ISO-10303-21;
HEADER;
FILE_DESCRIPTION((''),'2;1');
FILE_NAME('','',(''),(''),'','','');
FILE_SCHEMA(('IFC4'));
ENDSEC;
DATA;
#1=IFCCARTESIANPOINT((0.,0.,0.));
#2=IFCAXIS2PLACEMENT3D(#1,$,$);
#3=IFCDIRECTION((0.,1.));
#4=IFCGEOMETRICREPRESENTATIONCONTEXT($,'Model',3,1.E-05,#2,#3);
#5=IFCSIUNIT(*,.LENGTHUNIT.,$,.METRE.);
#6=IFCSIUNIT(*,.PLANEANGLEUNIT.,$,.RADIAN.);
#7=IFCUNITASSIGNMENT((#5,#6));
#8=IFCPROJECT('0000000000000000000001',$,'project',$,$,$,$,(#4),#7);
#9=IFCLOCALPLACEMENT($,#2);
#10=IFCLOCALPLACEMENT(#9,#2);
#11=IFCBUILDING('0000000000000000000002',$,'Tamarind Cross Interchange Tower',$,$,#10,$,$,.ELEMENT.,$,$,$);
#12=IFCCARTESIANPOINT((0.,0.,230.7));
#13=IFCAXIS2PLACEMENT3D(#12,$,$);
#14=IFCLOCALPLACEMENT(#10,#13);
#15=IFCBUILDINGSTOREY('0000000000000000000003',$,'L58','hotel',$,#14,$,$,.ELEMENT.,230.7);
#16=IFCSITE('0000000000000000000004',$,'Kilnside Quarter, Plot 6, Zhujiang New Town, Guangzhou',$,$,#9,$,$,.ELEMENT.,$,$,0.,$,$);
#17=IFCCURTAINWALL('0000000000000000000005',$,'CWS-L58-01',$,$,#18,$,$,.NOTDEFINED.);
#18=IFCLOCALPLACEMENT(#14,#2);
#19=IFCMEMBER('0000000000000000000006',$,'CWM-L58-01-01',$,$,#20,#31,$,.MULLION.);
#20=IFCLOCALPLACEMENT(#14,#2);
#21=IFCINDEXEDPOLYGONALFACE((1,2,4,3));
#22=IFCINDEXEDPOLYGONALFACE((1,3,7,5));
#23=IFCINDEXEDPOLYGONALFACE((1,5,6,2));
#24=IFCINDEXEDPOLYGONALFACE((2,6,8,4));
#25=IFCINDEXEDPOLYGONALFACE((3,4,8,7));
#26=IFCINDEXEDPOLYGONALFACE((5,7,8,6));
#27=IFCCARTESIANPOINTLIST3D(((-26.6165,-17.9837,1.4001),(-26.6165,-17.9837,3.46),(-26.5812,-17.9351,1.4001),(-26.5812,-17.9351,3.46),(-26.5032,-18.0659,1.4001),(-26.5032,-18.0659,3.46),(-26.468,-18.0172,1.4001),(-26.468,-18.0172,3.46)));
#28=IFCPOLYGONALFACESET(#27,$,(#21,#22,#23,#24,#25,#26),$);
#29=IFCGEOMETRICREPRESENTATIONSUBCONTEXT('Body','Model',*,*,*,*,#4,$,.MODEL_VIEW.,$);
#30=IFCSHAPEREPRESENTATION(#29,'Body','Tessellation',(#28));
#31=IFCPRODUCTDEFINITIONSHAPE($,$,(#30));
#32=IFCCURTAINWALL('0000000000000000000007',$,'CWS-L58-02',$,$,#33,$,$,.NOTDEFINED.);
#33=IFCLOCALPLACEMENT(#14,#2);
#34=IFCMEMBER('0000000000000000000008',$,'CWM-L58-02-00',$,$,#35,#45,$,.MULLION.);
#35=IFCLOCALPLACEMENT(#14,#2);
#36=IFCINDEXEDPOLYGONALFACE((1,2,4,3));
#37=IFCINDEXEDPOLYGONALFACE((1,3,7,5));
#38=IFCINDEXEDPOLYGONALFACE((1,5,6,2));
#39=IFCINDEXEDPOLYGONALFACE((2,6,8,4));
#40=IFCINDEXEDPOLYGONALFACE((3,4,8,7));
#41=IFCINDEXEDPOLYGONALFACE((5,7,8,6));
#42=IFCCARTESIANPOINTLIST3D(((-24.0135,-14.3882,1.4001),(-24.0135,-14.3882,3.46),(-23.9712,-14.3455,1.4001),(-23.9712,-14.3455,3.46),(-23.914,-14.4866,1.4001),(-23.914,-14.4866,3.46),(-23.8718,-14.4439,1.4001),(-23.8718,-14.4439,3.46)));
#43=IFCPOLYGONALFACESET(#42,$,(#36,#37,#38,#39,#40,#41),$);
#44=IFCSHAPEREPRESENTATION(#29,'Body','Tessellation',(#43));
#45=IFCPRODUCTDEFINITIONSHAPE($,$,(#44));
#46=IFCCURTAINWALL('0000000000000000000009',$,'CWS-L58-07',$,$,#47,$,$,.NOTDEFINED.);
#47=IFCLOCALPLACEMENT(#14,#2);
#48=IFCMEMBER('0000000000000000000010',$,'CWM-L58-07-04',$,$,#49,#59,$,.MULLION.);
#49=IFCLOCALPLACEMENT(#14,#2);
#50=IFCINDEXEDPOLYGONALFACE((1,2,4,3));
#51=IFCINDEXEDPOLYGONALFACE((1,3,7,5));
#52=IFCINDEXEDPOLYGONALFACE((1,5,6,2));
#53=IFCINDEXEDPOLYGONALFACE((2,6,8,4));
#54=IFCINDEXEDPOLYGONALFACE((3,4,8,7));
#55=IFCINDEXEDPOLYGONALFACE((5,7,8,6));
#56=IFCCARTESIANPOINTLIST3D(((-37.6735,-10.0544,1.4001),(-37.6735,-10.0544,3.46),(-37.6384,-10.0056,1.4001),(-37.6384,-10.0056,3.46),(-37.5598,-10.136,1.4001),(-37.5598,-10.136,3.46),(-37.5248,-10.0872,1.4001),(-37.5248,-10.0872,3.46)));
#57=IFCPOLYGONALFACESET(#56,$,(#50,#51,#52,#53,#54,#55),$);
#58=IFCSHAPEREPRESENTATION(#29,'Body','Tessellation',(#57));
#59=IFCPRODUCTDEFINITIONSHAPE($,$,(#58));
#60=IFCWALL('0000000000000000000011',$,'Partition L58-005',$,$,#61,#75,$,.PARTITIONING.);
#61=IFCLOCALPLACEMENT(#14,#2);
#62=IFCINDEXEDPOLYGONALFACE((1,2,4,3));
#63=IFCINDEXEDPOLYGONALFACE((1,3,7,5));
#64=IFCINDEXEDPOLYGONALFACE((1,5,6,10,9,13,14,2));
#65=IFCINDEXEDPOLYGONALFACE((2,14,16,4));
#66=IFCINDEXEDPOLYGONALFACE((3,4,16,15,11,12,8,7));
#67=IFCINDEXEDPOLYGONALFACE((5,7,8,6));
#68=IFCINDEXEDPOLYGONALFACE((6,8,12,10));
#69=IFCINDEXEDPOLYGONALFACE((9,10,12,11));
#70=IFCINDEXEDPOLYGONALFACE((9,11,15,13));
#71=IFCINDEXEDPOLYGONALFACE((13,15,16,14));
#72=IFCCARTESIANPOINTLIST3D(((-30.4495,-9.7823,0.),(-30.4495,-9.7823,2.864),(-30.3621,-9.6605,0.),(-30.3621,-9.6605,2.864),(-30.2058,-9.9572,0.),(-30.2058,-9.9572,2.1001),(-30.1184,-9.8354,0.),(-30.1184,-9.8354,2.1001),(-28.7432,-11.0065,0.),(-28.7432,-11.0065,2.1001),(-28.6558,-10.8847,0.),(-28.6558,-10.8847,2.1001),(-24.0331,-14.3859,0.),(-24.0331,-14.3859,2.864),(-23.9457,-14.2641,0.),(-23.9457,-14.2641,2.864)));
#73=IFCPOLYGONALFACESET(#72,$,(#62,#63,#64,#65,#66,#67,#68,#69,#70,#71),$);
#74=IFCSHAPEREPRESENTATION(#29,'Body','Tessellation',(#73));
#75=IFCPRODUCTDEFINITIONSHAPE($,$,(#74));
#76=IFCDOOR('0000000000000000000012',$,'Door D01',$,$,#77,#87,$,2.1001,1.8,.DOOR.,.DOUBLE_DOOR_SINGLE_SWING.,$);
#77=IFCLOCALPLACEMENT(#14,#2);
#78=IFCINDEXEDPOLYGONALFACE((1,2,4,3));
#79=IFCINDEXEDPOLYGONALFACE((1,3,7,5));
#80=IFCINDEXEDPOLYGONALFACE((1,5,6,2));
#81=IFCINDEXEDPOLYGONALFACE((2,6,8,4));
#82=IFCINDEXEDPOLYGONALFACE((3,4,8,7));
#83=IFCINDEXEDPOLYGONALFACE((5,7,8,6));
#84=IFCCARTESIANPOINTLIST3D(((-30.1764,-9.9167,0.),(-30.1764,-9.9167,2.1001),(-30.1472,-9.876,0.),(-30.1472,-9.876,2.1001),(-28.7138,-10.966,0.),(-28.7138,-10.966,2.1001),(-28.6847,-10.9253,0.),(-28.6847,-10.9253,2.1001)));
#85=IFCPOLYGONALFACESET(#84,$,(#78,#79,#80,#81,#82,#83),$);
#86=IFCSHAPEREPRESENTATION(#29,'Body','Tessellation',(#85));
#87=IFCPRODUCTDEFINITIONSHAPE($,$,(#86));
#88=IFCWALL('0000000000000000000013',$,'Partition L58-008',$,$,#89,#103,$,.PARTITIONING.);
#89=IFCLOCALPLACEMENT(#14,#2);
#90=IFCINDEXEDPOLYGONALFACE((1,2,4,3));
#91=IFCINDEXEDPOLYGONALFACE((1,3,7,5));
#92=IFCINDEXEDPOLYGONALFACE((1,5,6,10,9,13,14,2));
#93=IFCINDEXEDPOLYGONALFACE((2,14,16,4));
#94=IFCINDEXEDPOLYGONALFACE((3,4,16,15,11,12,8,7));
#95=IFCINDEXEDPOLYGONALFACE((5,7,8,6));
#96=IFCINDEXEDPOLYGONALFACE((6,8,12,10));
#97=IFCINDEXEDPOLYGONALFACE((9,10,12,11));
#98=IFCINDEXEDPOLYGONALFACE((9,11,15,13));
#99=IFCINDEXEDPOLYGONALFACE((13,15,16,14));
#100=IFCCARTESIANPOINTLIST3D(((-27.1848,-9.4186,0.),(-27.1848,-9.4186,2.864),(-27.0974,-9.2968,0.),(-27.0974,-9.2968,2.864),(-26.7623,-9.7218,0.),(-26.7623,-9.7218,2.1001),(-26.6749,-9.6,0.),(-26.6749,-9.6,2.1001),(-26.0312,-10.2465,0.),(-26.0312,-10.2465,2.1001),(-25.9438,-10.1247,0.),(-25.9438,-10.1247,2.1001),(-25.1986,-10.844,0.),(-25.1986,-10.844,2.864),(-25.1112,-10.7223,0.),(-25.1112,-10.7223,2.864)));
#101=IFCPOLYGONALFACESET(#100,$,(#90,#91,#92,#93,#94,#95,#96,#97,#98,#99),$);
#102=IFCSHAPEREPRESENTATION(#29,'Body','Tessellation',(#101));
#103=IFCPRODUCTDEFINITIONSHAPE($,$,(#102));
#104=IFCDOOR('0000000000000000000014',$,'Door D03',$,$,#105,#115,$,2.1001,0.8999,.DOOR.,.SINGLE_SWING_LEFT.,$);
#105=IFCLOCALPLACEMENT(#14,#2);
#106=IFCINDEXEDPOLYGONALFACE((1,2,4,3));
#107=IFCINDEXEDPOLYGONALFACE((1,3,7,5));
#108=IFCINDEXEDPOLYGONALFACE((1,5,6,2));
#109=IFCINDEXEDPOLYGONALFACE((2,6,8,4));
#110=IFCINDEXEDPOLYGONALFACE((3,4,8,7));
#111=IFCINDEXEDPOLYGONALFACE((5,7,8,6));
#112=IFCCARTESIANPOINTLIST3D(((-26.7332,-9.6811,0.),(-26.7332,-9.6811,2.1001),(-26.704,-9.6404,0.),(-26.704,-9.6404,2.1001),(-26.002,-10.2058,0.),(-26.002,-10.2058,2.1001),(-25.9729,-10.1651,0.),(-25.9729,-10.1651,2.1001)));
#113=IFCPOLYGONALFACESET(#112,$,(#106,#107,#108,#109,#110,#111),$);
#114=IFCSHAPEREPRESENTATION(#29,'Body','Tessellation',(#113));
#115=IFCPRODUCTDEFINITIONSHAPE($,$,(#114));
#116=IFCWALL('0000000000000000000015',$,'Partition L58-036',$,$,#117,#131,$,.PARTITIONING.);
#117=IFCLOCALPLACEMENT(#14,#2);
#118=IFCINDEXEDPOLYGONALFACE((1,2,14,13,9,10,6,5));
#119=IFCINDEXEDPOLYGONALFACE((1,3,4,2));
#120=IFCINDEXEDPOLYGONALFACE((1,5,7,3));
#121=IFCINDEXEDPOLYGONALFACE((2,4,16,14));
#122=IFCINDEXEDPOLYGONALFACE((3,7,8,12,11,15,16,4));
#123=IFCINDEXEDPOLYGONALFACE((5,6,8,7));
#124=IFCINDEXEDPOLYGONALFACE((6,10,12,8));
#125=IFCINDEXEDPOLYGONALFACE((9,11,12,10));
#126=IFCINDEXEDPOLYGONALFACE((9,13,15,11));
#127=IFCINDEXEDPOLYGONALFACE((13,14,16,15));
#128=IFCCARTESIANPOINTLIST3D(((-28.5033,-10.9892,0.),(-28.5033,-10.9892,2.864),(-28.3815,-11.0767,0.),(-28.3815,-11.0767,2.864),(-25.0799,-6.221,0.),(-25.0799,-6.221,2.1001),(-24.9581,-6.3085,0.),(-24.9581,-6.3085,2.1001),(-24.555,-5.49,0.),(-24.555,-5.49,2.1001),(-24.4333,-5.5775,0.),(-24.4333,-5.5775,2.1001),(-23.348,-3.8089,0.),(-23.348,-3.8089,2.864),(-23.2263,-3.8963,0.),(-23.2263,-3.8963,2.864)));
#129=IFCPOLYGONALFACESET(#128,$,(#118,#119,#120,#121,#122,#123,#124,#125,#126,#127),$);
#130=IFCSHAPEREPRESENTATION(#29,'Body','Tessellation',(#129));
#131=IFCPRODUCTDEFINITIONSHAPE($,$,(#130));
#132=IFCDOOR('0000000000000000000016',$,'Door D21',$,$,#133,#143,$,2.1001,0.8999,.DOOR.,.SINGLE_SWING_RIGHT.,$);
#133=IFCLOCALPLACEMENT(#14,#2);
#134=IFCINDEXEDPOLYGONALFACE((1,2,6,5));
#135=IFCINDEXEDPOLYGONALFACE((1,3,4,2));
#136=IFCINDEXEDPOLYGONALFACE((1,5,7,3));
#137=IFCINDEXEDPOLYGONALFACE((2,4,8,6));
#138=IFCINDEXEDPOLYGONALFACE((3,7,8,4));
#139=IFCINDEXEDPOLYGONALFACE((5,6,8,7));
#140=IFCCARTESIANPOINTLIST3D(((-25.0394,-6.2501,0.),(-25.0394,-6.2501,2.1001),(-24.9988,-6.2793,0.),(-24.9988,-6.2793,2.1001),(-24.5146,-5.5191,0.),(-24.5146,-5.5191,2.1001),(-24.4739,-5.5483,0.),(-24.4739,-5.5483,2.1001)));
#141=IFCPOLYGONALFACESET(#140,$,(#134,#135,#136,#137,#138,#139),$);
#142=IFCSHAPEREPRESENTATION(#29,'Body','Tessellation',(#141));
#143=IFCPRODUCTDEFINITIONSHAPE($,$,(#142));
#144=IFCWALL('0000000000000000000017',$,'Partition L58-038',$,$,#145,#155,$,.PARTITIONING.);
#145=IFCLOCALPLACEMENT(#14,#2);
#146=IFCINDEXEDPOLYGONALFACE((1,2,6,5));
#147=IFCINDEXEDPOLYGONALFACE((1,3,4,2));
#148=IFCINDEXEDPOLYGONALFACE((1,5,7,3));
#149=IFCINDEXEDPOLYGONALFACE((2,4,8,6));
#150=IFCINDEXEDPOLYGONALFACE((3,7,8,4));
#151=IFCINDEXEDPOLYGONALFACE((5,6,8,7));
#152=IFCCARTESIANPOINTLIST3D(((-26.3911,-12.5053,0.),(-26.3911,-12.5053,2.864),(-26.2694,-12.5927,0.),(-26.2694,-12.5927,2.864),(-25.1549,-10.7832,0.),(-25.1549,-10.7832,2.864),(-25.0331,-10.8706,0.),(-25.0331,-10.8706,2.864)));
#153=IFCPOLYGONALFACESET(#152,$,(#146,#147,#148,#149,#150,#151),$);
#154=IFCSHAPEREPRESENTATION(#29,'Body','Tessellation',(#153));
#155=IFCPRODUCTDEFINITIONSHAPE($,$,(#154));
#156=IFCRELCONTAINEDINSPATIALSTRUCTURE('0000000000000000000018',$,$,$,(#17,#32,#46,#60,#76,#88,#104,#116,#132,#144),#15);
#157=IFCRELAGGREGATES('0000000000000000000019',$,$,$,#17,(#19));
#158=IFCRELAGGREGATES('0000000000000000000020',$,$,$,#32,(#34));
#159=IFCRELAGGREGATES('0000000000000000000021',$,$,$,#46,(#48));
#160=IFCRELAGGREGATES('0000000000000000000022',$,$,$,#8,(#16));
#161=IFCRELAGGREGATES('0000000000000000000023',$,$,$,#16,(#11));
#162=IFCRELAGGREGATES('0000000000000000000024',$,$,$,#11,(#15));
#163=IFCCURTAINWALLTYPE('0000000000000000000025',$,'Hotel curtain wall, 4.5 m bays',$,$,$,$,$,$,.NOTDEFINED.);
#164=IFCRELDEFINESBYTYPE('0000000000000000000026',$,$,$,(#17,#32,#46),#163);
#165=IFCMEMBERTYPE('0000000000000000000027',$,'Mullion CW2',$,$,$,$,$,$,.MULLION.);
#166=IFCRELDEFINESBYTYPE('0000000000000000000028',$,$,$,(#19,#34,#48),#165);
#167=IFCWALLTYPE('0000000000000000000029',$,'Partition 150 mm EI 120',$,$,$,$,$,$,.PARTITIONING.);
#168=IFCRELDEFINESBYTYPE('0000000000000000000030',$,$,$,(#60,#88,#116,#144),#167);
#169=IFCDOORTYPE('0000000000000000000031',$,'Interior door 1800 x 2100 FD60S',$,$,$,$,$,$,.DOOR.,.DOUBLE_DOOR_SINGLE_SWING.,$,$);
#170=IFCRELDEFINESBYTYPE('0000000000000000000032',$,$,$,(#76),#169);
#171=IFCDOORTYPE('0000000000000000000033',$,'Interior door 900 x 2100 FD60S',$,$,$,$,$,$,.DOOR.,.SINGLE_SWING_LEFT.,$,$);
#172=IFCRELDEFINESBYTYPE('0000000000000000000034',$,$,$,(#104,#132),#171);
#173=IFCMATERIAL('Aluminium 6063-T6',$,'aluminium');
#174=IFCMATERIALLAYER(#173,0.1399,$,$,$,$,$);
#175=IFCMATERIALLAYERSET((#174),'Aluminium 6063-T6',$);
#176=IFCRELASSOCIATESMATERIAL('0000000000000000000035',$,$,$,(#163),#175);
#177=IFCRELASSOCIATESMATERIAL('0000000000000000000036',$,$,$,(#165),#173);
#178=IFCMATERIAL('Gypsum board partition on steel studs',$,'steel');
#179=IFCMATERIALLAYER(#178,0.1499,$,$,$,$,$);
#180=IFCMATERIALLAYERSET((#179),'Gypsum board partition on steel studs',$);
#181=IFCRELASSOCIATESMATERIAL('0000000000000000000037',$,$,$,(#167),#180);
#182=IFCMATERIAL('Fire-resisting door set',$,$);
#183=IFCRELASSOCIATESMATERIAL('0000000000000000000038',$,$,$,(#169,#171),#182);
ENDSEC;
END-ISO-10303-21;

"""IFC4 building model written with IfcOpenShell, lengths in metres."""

from ifc_helpers import new_model, si_unit, direction, frame, frame_2d, origin, origin_2d, place, context, subcontext, project, spatial, rectangle, extrude, material, layer, layer_set, material_profile, profile_set, type_object, element, fill, aggregate, save


model = new_model("IFC4")

# Units and contexts
model_context = context("Model", 3, precision=1e-05, world=origin(), true_north=direction((0.0, 1.0)))
body_context = subcontext(model_context, "Body", "Model", "MODEL_VIEW")
ifc_project = project(units=[si_unit("LENGTHUNIT", "METRE"), si_unit("PLANEANGLEUNIT", "RADIAN")], contexts=[model_context])

# Site, building, storey
site_placement = place(None, origin())
site = spatial("IfcSite", under=ifc_project, at=site_placement, Name="Kilnside Quarter, Plot 6, Zhujiang New Town, Guangzhou", CompositionType="ELEMENT", RefElevation=0.0)
building_placement = place(site_placement, origin())
building = spatial("IfcBuilding", under=site, at=building_placement, Name="Tamarind Cross Interchange Tower", CompositionType="ELEMENT")
storey_placement = place(building_placement, frame((0.0, 0.0, 230.7)))
storey = spatial("IfcBuildingStorey", under=building, at=storey_placement, Name="L58", Description="hotel", CompositionType="ELEMENT", Elevation=230.7)

# Curtain wall, member
ifc_material_1 = material(Name="Aluminium 6063-T6", Category="aluminium")
ifc_layer_1 = layer(ifc_material_1, 0.1399)
ifc_layer_set_1 = layer_set([ifc_layer_1], Name="Aluminium 6063-T6")
curtain_wall_type = type_object("IfcCurtainWallType", Name="Hotel curtain wall, 4.5 m bays", PredefinedType="NOTDEFINED", material=ifc_layer_set_1)
ifc_material_profile_1 = material_profile(ifc_material_1, rectangle(XDim=0.0601, YDim=0.1399, at=origin_2d()), Name="Mullion CW2")
ifc_profile_set_1 = profile_set([ifc_material_profile_1], Name="Aluminium 6063-T6")
member_type = type_object("IfcMemberType", Name="Mullion CW2", PredefinedType="MULLION", material=ifc_profile_set_1)
curtain_wall_1_placement = place(storey_placement, origin())
curtain_wall_1 = element("IfcCurtainWall", 1, at=curtain_wall_1_placement, inside=storey, type_object=curtain_wall_type, Name="CWS-L58-01", PredefinedType="NOTDEFINED")
member_1_placement = place(storey_placement, frame((-26.5422, -18.0005, 1.4001), z_axis=(0.0, 0.0, 1.0), x_axis=(0.587096, 0.809517, 0.0)))
member_1 = element("IfcMember", 2, at=member_1_placement, type_object=member_type, Name="CWM-L58-01-01", PredefinedType="MULLION", context=body_context, shape_type="SweptSolid", body=[
    extrude(rectangle(XDim=0.0601, YDim=0.1399, at=origin_2d()), origin(), (0.0, 0.0, 1.0), 2.0598),
])
aggregate(curtain_wall_1, [member_1])

# Curtain walls, members
curtain_wall_2_placement = place(storey_placement, origin())
curtain_wall_2 = element("IfcCurtainWall", 3, at=curtain_wall_2_placement, inside=storey, type_object=curtain_wall_type, Name="CWS-L58-02", PredefinedType="NOTDEFINED")
member_2_placement = place(storey_placement, frame((-23.9426, -14.416, 1.4001), z_axis=(0.0, 0.0, 1.0), x_axis=(0.703192, 0.711, 0.0)))
member_2 = element("IfcMember", 4, at=member_2_placement, type_object=member_type, Name="CWM-L58-02-00", PredefinedType="MULLION", context=body_context, shape_type="SweptSolid", body=[
    extrude(rectangle(XDim=0.0601, YDim=0.1399, at=origin_2d()), origin(), (0.0, 0.0, 1.0), 2.0598),
])
aggregate(curtain_wall_2, [member_2])
curtain_wall_3_placement = place(storey_placement, origin())
curtain_wall_3 = element("IfcCurtainWall", 5, at=curtain_wall_3_placement, inside=storey, type_object=curtain_wall_type, Name="CWS-L58-07", PredefinedType="NOTDEFINED")
member_3_placement = place(storey_placement, frame((-37.5991, -10.0708, 1.4001), z_axis=(0.0, 0.0, 1.0), x_axis=(-0.583122, -0.812385, 0.0)))
member_3 = element("IfcMember", 6, at=member_3_placement, type_object=member_type, Name="CWM-L58-07-04", PredefinedType="MULLION", context=body_context, shape_type="SweptSolid", body=[
    extrude(rectangle(XDim=0.0601, YDim=0.1399, at=origin_2d()), origin(), (0.0, 0.0, 1.0), 2.0598),
])
aggregate(curtain_wall_3, [member_3])

# Walls, openings, doors
ifc_material_2 = material(Name="Gypsum board partition on steel studs", Category="steel")
ifc_layer_2 = layer(ifc_material_2, 0.1499)
ifc_layer_set_2 = layer_set([ifc_layer_2], Name="Gypsum board partition on steel studs")
wall_type = type_object("IfcWallType", Name="Partition 150 mm EI 120", PredefinedType="PARTITIONING", material=ifc_layer_set_2)
wall_1_placement = place(storey_placement, frame((-30.4058, -9.7214, 0.0), z_axis=(0.0, 0.0, 1.0), x_axis=(0.812505, -0.582954, 0.0)))
wall_1 = element("IfcWall", 7, at=wall_1_placement, inside=storey, type_object=wall_type, Name="Partition L58-005", PredefinedType="PARTITIONING", context=body_context, shape_type="SweptSolid", body=[
    extrude(rectangle(XDim=7.897, YDim=0.1499, at=frame_2d((3.9485, 0.0))), origin(), (0.0, 0.0, 1.0), 2.864),
])
opening_1_placement = place(wall_1_placement, frame((0.3, 0.0, 0.0)))
opening_1 = element("IfcOpeningElement", 8, at=opening_1_placement, cuts=wall_1, PredefinedType="OPENING", context=body_context, shape_type="SweptSolid", body=[
    extrude(rectangle(XDim=1.8, YDim=2.1001, at=frame_2d((0.8999, 1.05))), frame((0.0, 0.085, 0.0), z_axis=(0.0, -1.0, 0.0), x_axis=(1.0, 0.0, 0.0)), (0.0, 0.0, 1.0), 0.1699),
])
ifc_material_3 = material(Name="Fire-resisting door set")
door_type_1 = type_object("IfcDoorType", Name="Interior door 1800 x 2100 FD60S", OperationType="DOUBLE_DOOR_SINGLE_SWING", PredefinedType="DOOR", material=ifc_material_3)
door_1_placement = place(opening_1_placement, frame((1.8, 0.0, 0.0), z_axis=(0.0, 0.0, 1.0), x_axis=(-1.0, 0.0, 0.0)))
door_1 = element("IfcDoor", 9, at=door_1_placement, inside=storey, type_object=door_type_1, Name="Door D01", OperationType="DOUBLE_DOOR_SINGLE_SWING", OverallHeight=2.1001, OverallWidth=1.8, PredefinedType="DOOR", context=body_context, shape_type="SweptSolid", body=[
    extrude(rectangle(XDim=1.8, YDim=2.1001, at=frame_2d((0.8999, 1.05))), frame((0.0, 0.0249, 0.0), z_axis=(0.0, -1.0, 0.0), x_axis=(1.0, 0.0, 0.0)), (0.0, 0.0, 1.0), 0.05),
])
fill(opening_1, door_1)
wall_2_placement = place(storey_placement, frame((-27.1411, -9.3577, 0.0), z_axis=(0.0, 0.0, 1.0), x_axis=(0.812429, -0.58306, 0.0)))
wall_2 = element("IfcWall", 10, at=wall_2_placement, inside=storey, type_object=wall_type, Name="Partition L58-008", PredefinedType="PARTITIONING", context=body_context, shape_type="SweptSolid", body=[
    extrude(rectangle(XDim=2.4448, YDim=0.1499, at=frame_2d((1.2224, 0.0))), origin(), (0.0, 0.0, 1.0), 2.864),
])
opening_2_placement = place(wall_2_placement, frame((0.52, 0.0, 0.0)))
opening_2 = element("IfcOpeningElement", 11, at=opening_2_placement, cuts=wall_2, PredefinedType="OPENING", context=body_context, shape_type="SweptSolid", body=[
    extrude(rectangle(XDim=0.8999, YDim=2.1001, at=frame_2d((0.45, 1.05))), frame((0.0, 0.085, 0.0), z_axis=(0.0, -1.0, 0.0), x_axis=(1.0, 0.0, 0.0)), (0.0, 0.0, 1.0), 0.1699),
])
door_type_2 = type_object("IfcDoorType", Name="Interior door 900 x 2100 FD60S", OperationType="SINGLE_SWING_LEFT", PredefinedType="DOOR", material=ifc_material_3)
door_2_placement = place(opening_2_placement, frame((0.8999, 0.0, 0.0), z_axis=(0.0, 0.0, 1.0), x_axis=(-1.0, 0.0, 0.0)))
door_2 = element("IfcDoor", 12, at=door_2_placement, inside=storey, type_object=door_type_2, Name="Door D03", OperationType="SINGLE_SWING_LEFT", OverallHeight=2.1001, OverallWidth=0.8999, PredefinedType="DOOR", context=body_context, shape_type="SweptSolid", body=[
    extrude(rectangle(XDim=0.8999, YDim=2.1001, at=frame_2d((0.45, 1.05))), frame((0.0, 0.0249, 0.0), z_axis=(0.0, -1.0, 0.0), x_axis=(1.0, 0.0, 0.0)), (0.0, 0.0, 1.0), 0.05),
])
fill(opening_2, door_2)
wall_3_placement = place(storey_placement, frame((-28.4424, -11.033, 0.0), z_axis=(0.0, 0.0, 1.0), x_axis=(0.583214, 0.812318, 0.0)))
wall_3 = element("IfcWall", 13, at=wall_3_placement, inside=storey, type_object=wall_type, Name="Partition L58-036", PredefinedType="PARTITIONING", context=body_context, shape_type="SweptSolid", body=[
    extrude(rectangle(XDim=8.8394, YDim=0.1499, at=frame_2d((4.4197, 0.0))), origin(), (0.0, 0.0, 1.0), 2.864),
])
opening_3_placement = place(wall_3_placement, frame((5.8699, 0.0, 0.0)))
opening_3 = element("IfcOpeningElement", 14, at=opening_3_placement, cuts=wall_3, PredefinedType="OPENING", context=body_context, shape_type="SweptSolid", body=[
    extrude(rectangle(XDim=0.8999, YDim=2.1001, at=frame_2d((0.45, 1.05))), frame((0.0, 0.085, 0.0), z_axis=(0.0, -1.0, 0.0), x_axis=(1.0, 0.0, 0.0)), (0.0, 0.0, 1.0), 0.1699),
])
door_3_placement = place(opening_3_placement, frame((0.8999, 0.0, 0.0), z_axis=(0.0, 0.0, 1.0), x_axis=(-1.0, 0.0, 0.0)))
door_3 = element("IfcDoor", 15, at=door_3_placement, inside=storey, type_object=door_type_2, Name="Door D21", OperationType="SINGLE_SWING_RIGHT", OverallHeight=2.1001, OverallWidth=0.8999, PredefinedType="DOOR", context=body_context, shape_type="SweptSolid", body=[
    extrude(rectangle(XDim=0.8999, YDim=2.1001, at=frame_2d((0.45, 1.05))), frame((0.0, 0.0249, 0.0), z_axis=(0.0, -1.0, 0.0), x_axis=(1.0, 0.0, 0.0)), (0.0, 0.0, 1.0), 0.05),
])
fill(opening_3, door_3)

# Wall
wall_4_placement = place(storey_placement, frame((-26.3303, -12.5491, 0.0), z_axis=(0.0, 0.0, 1.0), x_axis=(0.583176, 0.812346, 0.0)))
element("IfcWall", 16, at=wall_4_placement, inside=storey, type_object=wall_type, Name="Partition L58-038", PredefinedType="PARTITIONING", context=body_context, shape_type="SweptSolid", body=[
    extrude(rectangle(XDim=2.1199, YDim=0.1499, at=frame_2d((1.0601, 0.0))), origin(), (0.0, 0.0, 1.0), 2.864),
])

save(model, "model.ifc")
